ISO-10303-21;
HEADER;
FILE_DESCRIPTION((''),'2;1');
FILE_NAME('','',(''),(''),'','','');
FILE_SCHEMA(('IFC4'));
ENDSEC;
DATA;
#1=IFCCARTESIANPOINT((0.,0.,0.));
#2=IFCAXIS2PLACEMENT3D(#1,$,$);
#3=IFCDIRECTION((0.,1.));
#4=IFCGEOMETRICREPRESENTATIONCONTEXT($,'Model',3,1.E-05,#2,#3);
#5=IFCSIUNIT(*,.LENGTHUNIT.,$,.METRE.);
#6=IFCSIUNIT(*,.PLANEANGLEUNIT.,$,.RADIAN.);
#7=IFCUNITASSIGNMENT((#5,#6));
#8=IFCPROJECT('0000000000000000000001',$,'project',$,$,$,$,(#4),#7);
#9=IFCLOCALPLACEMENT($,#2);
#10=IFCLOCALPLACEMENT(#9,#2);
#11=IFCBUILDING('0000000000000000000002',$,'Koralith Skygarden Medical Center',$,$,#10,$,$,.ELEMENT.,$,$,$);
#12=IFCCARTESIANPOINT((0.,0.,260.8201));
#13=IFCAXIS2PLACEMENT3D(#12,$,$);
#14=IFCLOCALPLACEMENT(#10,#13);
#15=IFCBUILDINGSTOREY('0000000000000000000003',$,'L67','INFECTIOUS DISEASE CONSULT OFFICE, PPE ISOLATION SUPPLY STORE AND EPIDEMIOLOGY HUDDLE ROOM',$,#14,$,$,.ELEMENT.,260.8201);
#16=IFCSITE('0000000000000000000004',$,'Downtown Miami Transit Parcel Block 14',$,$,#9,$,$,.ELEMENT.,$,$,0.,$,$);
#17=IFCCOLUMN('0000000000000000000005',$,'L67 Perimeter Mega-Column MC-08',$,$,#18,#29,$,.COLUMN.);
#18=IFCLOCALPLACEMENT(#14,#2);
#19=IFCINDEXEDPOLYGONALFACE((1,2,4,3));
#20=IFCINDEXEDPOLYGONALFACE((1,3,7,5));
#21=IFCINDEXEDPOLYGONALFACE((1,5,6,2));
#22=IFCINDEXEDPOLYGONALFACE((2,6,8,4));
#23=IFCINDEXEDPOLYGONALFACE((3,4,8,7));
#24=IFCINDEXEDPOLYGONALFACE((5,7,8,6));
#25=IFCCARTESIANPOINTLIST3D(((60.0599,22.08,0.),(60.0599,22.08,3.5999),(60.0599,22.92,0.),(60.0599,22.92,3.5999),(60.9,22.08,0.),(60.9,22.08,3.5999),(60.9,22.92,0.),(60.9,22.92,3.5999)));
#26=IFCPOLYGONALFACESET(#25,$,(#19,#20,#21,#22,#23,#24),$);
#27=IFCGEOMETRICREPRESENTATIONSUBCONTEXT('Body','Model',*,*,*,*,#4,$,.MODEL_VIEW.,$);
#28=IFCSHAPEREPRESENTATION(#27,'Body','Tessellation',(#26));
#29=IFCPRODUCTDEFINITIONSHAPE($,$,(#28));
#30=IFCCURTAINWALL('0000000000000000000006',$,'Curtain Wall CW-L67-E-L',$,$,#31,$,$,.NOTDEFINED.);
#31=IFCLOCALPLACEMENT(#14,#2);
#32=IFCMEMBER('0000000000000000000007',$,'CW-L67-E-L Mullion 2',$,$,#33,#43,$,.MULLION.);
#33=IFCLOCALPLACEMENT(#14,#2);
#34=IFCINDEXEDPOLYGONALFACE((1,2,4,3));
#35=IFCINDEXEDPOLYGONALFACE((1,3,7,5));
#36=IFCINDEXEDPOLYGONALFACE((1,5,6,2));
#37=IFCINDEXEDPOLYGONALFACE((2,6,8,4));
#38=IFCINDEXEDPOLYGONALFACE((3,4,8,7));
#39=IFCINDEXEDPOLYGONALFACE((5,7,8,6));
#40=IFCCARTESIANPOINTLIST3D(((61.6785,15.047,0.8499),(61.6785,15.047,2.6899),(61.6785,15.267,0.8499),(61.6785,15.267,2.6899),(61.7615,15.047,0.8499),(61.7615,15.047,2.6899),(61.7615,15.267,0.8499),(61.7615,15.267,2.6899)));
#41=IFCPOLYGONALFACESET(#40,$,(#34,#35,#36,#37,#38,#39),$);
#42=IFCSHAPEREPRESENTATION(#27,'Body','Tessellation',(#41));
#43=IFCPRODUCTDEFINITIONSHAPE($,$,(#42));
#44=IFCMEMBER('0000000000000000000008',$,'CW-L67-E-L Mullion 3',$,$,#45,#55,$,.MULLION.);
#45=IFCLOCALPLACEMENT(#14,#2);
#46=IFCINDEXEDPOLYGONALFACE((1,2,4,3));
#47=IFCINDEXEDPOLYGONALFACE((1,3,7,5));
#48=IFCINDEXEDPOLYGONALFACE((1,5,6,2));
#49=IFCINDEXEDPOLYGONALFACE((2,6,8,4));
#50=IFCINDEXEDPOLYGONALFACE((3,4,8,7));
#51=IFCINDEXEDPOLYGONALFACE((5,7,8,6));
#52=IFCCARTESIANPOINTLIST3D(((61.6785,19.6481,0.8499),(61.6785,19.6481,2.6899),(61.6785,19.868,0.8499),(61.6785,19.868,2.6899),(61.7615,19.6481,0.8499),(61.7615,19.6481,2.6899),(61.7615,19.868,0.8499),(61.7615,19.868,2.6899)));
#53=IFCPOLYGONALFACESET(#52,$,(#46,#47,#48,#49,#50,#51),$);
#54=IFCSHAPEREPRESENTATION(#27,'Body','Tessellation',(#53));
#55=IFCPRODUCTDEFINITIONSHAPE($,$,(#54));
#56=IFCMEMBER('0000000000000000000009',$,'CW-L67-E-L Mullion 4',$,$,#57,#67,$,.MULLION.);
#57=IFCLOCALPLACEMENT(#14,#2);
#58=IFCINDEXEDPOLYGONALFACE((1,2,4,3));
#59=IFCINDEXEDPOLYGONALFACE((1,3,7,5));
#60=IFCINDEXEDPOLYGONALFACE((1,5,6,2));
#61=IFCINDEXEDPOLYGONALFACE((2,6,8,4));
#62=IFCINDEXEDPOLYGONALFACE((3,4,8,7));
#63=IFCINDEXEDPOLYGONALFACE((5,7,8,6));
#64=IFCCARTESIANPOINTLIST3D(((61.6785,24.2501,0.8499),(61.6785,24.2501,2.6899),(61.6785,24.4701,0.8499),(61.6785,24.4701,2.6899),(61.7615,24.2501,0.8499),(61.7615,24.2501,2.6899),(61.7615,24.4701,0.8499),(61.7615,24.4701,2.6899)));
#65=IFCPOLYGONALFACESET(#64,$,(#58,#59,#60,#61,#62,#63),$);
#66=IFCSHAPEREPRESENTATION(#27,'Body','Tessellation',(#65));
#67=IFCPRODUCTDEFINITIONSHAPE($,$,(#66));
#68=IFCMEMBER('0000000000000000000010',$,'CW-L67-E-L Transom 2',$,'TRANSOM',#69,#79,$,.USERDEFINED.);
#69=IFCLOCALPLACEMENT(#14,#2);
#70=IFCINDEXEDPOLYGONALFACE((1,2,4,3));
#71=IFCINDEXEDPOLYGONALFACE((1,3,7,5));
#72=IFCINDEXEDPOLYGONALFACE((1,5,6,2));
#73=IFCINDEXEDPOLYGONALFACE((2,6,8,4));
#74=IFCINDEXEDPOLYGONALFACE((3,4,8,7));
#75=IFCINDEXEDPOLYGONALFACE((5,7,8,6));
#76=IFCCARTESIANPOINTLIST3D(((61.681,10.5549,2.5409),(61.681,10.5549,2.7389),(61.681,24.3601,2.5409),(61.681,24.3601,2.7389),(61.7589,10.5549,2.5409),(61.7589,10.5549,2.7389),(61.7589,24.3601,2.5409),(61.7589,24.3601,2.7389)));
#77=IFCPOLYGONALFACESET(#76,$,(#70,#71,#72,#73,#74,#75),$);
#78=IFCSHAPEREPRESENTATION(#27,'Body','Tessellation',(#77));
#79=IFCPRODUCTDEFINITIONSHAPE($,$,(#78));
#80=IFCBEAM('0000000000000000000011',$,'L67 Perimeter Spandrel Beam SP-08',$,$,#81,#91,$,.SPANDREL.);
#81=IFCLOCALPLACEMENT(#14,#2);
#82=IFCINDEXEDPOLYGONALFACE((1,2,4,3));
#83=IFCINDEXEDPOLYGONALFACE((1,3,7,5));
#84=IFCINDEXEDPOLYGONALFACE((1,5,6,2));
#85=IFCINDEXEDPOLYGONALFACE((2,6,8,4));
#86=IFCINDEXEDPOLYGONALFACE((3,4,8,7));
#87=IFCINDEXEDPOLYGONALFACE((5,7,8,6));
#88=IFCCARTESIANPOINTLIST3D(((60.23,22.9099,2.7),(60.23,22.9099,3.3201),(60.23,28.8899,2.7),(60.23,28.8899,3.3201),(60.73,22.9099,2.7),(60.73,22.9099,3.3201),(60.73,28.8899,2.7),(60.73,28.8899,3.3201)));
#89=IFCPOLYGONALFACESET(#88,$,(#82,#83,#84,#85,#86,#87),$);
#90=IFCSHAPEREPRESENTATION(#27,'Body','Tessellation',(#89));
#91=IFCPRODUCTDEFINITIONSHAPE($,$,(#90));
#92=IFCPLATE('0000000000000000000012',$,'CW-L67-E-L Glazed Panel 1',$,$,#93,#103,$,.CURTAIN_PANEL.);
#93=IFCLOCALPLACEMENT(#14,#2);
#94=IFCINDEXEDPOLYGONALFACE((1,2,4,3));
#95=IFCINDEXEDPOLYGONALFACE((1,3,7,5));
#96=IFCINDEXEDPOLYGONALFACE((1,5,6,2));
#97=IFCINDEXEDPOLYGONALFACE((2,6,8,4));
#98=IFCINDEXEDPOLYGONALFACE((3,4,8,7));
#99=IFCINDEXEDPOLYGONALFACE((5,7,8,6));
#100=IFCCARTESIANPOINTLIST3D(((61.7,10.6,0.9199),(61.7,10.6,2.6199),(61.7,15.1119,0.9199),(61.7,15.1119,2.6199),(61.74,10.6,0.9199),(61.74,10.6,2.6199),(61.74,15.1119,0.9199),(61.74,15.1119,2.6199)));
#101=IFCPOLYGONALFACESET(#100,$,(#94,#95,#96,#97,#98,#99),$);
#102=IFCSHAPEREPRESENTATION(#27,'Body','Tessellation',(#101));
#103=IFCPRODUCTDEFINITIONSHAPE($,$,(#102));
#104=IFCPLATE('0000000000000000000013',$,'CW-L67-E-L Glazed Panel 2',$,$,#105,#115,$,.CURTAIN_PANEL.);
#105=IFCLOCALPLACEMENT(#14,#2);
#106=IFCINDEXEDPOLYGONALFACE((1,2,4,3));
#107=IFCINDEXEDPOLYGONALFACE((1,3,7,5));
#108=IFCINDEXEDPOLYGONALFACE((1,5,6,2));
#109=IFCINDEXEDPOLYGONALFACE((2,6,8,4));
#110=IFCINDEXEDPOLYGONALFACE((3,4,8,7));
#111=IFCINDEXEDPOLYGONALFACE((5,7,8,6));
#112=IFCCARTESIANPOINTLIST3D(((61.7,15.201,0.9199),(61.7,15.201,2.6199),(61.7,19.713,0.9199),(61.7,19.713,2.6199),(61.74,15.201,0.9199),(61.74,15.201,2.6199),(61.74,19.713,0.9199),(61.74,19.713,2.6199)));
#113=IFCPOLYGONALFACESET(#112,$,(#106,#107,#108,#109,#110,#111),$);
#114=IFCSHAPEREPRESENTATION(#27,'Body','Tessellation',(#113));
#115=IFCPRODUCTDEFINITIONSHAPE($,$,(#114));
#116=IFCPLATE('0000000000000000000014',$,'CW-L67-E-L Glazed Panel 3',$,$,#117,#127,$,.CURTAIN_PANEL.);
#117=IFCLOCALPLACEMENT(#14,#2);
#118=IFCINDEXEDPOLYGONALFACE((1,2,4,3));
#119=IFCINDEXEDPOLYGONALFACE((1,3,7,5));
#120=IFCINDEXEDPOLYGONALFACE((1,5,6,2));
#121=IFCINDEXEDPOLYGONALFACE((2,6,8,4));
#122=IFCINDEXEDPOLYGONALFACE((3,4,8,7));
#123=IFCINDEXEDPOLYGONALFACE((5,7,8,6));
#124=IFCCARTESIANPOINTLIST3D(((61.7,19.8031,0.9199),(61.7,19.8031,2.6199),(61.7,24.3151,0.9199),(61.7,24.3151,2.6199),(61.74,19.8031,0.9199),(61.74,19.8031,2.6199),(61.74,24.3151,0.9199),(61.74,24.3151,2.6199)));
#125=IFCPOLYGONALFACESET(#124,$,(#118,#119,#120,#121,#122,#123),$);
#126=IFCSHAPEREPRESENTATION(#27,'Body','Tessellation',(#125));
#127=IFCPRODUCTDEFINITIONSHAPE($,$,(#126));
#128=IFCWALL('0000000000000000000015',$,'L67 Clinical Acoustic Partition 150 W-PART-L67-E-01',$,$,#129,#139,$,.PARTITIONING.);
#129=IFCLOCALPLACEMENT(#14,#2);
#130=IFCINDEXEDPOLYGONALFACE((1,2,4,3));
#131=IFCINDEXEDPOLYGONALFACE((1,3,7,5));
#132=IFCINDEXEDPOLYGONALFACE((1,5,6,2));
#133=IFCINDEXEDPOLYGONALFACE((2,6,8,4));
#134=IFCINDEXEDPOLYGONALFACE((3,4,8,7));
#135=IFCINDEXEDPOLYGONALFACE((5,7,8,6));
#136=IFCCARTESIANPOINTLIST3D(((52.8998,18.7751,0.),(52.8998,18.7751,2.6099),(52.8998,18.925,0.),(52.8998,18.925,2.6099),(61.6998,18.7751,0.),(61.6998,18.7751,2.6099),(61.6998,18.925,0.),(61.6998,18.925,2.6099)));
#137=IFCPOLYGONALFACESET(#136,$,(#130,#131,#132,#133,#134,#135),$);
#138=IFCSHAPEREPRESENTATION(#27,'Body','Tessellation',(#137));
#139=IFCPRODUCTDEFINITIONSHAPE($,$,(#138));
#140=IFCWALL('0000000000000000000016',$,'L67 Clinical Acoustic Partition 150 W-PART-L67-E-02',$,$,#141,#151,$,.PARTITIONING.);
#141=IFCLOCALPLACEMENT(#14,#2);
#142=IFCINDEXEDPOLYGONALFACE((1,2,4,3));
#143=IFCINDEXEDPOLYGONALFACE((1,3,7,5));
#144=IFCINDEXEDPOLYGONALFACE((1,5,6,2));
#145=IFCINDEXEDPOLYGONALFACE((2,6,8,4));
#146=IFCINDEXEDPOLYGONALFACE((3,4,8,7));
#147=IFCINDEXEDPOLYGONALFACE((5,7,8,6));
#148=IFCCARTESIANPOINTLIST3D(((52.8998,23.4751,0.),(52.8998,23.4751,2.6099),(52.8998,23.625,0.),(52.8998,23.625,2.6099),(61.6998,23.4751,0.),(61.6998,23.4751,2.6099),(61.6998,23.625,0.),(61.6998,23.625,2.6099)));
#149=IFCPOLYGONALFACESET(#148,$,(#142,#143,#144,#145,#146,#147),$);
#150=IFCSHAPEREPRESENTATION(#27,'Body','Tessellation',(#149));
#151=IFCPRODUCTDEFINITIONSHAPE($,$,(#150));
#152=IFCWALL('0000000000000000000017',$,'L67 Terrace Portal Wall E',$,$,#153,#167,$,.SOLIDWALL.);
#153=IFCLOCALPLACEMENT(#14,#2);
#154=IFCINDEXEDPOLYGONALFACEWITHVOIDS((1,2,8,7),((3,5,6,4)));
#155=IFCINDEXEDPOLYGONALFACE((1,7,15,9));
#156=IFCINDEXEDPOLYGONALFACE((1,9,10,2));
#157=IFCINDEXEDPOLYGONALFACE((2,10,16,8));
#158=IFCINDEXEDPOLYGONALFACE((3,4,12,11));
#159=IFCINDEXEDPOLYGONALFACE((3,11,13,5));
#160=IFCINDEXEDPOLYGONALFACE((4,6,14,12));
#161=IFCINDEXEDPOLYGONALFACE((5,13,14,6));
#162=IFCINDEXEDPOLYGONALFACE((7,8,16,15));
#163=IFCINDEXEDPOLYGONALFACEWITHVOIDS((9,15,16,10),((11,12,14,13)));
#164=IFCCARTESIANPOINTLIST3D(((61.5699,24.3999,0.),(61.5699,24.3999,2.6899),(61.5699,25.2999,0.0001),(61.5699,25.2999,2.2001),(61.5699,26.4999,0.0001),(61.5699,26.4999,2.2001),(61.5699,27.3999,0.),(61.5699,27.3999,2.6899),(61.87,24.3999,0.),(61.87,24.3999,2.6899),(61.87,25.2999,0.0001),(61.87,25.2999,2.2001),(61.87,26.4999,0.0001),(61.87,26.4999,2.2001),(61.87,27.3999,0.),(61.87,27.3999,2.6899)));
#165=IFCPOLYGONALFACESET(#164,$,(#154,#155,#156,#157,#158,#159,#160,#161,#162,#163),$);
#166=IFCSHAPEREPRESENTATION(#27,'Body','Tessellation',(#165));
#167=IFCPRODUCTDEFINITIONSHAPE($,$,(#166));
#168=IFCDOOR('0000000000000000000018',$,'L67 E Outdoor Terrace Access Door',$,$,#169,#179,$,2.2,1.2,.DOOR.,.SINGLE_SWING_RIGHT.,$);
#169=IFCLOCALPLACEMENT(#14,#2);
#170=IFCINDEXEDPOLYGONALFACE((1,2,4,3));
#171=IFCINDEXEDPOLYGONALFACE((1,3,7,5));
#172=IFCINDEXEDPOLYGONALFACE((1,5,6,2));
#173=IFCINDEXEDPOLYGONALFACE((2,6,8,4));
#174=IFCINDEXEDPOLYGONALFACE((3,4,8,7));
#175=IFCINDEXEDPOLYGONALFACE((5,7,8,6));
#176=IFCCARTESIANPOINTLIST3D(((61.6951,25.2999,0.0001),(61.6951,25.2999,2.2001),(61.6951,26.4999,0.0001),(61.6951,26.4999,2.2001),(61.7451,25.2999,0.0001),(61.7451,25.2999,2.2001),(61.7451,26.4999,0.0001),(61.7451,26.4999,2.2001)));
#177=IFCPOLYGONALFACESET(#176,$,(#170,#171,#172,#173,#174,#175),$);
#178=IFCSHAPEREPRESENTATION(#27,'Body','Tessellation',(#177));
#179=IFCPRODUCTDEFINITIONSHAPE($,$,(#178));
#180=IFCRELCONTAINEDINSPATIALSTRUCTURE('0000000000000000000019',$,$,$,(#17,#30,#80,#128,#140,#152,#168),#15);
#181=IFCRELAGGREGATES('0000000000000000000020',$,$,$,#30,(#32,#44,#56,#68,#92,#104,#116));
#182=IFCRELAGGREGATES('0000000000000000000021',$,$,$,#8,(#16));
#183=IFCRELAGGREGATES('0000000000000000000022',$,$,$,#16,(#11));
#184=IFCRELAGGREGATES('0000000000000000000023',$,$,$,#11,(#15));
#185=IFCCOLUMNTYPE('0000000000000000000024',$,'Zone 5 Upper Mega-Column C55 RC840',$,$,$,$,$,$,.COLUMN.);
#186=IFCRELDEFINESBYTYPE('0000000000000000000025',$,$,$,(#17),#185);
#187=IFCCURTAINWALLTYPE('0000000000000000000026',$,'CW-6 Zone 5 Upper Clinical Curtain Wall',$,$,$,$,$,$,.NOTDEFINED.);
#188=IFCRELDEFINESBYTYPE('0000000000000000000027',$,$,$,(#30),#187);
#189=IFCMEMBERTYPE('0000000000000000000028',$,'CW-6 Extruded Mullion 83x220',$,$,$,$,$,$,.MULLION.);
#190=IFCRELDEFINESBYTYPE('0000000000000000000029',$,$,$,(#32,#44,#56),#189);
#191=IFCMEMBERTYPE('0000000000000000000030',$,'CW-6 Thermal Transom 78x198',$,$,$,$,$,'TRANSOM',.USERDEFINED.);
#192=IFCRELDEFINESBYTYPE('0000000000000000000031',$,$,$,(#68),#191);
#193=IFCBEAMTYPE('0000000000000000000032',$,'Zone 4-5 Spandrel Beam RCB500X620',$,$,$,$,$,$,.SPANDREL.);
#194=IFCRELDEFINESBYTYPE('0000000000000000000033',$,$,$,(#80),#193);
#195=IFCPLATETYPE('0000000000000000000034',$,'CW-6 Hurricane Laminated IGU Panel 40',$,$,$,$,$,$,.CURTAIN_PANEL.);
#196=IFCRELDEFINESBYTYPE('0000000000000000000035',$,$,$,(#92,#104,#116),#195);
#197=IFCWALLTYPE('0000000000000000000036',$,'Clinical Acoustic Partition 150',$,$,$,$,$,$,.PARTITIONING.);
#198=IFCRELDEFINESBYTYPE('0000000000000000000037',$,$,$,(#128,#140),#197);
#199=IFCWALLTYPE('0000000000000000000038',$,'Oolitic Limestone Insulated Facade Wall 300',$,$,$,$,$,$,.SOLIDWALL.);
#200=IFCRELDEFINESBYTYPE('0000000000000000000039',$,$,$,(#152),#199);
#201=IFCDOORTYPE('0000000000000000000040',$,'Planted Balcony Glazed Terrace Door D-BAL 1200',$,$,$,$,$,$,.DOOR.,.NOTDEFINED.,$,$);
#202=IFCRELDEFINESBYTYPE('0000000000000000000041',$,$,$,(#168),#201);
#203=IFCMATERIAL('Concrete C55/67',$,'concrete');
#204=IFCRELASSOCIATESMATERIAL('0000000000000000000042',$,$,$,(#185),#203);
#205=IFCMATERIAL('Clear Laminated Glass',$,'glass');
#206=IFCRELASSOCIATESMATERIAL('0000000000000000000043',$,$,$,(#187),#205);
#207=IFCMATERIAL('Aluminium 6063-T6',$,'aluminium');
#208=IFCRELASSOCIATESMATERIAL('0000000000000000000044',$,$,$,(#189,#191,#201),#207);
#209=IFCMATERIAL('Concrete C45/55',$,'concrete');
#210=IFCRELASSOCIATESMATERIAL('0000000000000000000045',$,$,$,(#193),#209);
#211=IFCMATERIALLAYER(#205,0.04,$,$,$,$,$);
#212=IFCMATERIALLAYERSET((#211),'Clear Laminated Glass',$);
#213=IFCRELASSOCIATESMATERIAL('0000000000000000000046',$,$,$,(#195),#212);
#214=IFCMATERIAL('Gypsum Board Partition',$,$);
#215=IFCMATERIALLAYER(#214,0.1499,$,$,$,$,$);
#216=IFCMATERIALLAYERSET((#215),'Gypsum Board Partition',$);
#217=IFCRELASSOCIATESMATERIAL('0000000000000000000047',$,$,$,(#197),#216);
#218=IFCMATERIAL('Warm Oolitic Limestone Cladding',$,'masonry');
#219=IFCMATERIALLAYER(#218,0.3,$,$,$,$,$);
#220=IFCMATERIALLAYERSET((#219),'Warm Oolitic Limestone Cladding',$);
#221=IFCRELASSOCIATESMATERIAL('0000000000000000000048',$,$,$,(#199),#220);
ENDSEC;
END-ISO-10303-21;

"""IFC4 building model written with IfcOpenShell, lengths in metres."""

from ifc_helpers import new_model, si_unit, direction, frame, frame_2d, origin, origin_2d, place, context, subcontext, project, spatial, rectangle, extrude, material, layer, layer_set, material_profile, profile_set, type_object, element, fill, aggregate, save


model = new_model("IFC4")

# Units and contexts
model_context = context("Model", 3, precision=1e-05, world=origin(), true_north=direction((0.0, 1.0)))
body_context = subcontext(model_context, "Body", "Model", "MODEL_VIEW")
ifc_project = project(units=[si_unit("LENGTHUNIT", "METRE"), si_unit("PLANEANGLEUNIT", "RADIAN")], contexts=[model_context])

# Site, building, storey
site_placement = place(None, origin())
site = spatial("IfcSite", under=ifc_project, at=site_placement, Name="Downtown Miami Transit Parcel Block 14", CompositionType="ELEMENT", RefElevation=0.0)
building_placement = place(site_placement, origin())
building = spatial("IfcBuilding", under=site, at=building_placement, Name="Koralith Skygarden Medical Center", CompositionType="ELEMENT")
storey_placement = place(building_placement, frame((0.0, 0.0, 260.8201)))
storey = spatial("IfcBuildingStorey", under=building, at=storey_placement, Name="L67", Description="INFECTIOUS DISEASE CONSULT OFFICE, PPE ISOLATION SUPPLY STORE AND EPIDEMIOLOGY HUDDLE ROOM", CompositionType="ELEMENT", Elevation=260.8201)

# Column
ifc_material_1 = material(Name="Concrete C55/67", Category="concrete")
ifc_material_profile_1 = material_profile(ifc_material_1, rectangle(XDim=0.8401, YDim=0.8401, at=origin_2d()), Name="RC840X840")
ifc_profile_set_1 = profile_set([ifc_material_profile_1], Name="Concrete C55/67")
column_type = type_object("IfcColumnType", Name="Zone 5 Upper Mega-Column C55 RC840", PredefinedType="COLUMN", material=ifc_profile_set_1)
column_placement = place(storey_placement, frame((60.48, 22.5, 0.0), z_axis=(0.0, 0.0, 1.0), x_axis=(1.0, 0.0, 0.0)))
element("IfcColumn", 1, at=column_placement, inside=storey, type_object=column_type, Name="L67 Perimeter Mega-Column MC-08", PredefinedType="COLUMN", context=body_context, shape_type="SweptSolid", body=[
    extrude(rectangle(XDim=0.8401, YDim=0.8401, at=origin_2d()), origin(), (0.0, 0.0, 1.0), 3.5999),
])

# Curtain wall, members
ifc_material_2 = material(Name="Clear Laminated Glass", Category="glass")
curtain_wall_type = type_object("IfcCurtainWallType", Name="CW-6 Zone 5 Upper Clinical Curtain Wall", PredefinedType="NOTDEFINED", material=ifc_material_2)
curtain_wall_placement = place(storey_placement, origin())
curtain_wall = element("IfcCurtainWall", 2, at=curtain_wall_placement, inside=storey, type_object=curtain_wall_type, Name="Curtain Wall CW-L67-E-L", PredefinedType="NOTDEFINED")
ifc_material_3 = material(Name="Aluminium 6063-T6", Category="aluminium")
ifc_material_profile_2 = material_profile(ifc_material_3, rectangle(XDim=0.083, YDim=0.22, at=origin_2d()), Name="MUL83X220")
ifc_profile_set_2 = profile_set([ifc_material_profile_2], Name="Aluminium 6063-T6")
member_type_1 = type_object("IfcMemberType", Name="CW-6 Extruded Mullion 83x220", PredefinedType="MULLION", material=ifc_profile_set_2)
member_1_placement = place(storey_placement, frame((61.72, 15.157, 0.8499), z_axis=(0.0, 0.0, 1.0), x_axis=(1.0, 0.0, 0.0)))
member_1 = element("IfcMember", 3, at=member_1_placement, type_object=member_type_1, Name="CW-L67-E-L Mullion 2", PredefinedType="MULLION", context=body_context, shape_type="SweptSolid", body=[
    extrude(rectangle(XDim=0.083, YDim=0.22, at=origin_2d()), origin(), (0.0, 0.0, 1.0), 1.8401),
])
member_2_placement = place(storey_placement, frame((61.72, 19.7581, 0.8499), z_axis=(0.0, 0.0, 1.0), x_axis=(1.0, 0.0, 0.0)))
member_2 = element("IfcMember", 4, at=member_2_placement, type_object=member_type_1, Name="CW-L67-E-L Mullion 3", PredefinedType="MULLION", context=body_context, shape_type="SweptSolid", body=[
    extrude(rectangle(XDim=0.083, YDim=0.22, at=origin_2d()), origin(), (0.0, 0.0, 1.0), 1.8401),
])
member_3_placement = place(storey_placement, frame((61.72, 24.3601, 0.8499), z_axis=(0.0, 0.0, 1.0), x_axis=(1.0, 0.0, 0.0)))
member_3 = element("IfcMember", 5, at=member_3_placement, type_object=member_type_1, Name="CW-L67-E-L Mullion 4", PredefinedType="MULLION", context=body_context, shape_type="SweptSolid", body=[
    extrude(rectangle(XDim=0.083, YDim=0.22, at=origin_2d()), origin(), (0.0, 0.0, 1.0), 1.8401),
])
ifc_material_profile_3 = material_profile(ifc_material_3, rectangle(XDim=0.0779, YDim=0.198, at=origin_2d()), Name="TRN78X198")
ifc_profile_set_3 = profile_set([ifc_material_profile_3], Name="Aluminium 6063-T6")
member_type_2 = type_object("IfcMemberType", Name="CW-6 Thermal Transom 78x198", ElementType="TRANSOM", PredefinedType="USERDEFINED", material=ifc_profile_set_3)
member_4_placement = place(storey_placement, frame((61.72, 10.5549, 2.6399), z_axis=(0.0, 1.0, 0.0), x_axis=(-1.0, 0.0, 0.0)))
member_4 = element("IfcMember", 6, at=member_4_placement, type_object=member_type_2, Name="CW-L67-E-L Transom 2", ObjectType="TRANSOM", PredefinedType="USERDEFINED", context=body_context, shape_type="SweptSolid", body=[
    extrude(rectangle(XDim=0.0779, YDim=0.198, at=origin_2d()), origin(), (0.0, 0.0, 1.0), 13.8052),
])

# Beam
ifc_material_4 = material(Name="Concrete C45/55", Category="concrete")
ifc_material_profile_4 = material_profile(ifc_material_4, rectangle(XDim=0.5, YDim=0.6201, at=origin_2d()), Name="RCB500X620")
ifc_profile_set_4 = profile_set([ifc_material_profile_4], Name="Concrete C45/55")
beam_type = type_object("IfcBeamType", Name="Zone 4-5 Spandrel Beam RCB500X620", PredefinedType="SPANDREL", material=ifc_profile_set_4)
beam_placement = place(storey_placement, frame((60.48, 22.9099, 3.01), z_axis=(0.0, 1.0, 0.0), x_axis=(-1.0, 0.0, 0.0)))
element("IfcBeam", 7, at=beam_placement, inside=storey, type_object=beam_type, Name="L67 Perimeter Spandrel Beam SP-08", PredefinedType="SPANDREL", context=body_context, shape_type="SweptSolid", body=[
    extrude(rectangle(XDim=0.5, YDim=0.6201, at=origin_2d()), origin(), (0.0, 0.0, 1.0), 5.98),
])

# Plates
ifc_layer_1 = layer(ifc_material_2, 0.04)
ifc_layer_set_1 = layer_set([ifc_layer_1], Name="Clear Laminated Glass")
plate_type = type_object("IfcPlateType", Name="CW-6 Hurricane Laminated IGU Panel 40", PredefinedType="CURTAIN_PANEL", material=ifc_layer_set_1)
plate_1_placement = place(storey_placement, frame((61.72, 12.856, 0.9199), z_axis=(0.0, 0.0, 1.0), x_axis=(0.0, 1.0, 0.0)))
plate_1 = element("IfcPlate", 8, at=plate_1_placement, type_object=plate_type, Name="CW-L67-E-L Glazed Panel 1", PredefinedType="CURTAIN_PANEL", context=body_context, shape_type="SweptSolid", body=[
    extrude(rectangle(XDim=4.512, YDim=0.04, at=origin_2d()), origin(), (0.0, 0.0, 1.0), 1.7),
])
plate_2_placement = place(storey_placement, frame((61.72, 17.457, 0.9199), z_axis=(0.0, 0.0, 1.0), x_axis=(0.0, 1.0, 0.0)))
plate_2 = element("IfcPlate", 9, at=plate_2_placement, type_object=plate_type, Name="CW-L67-E-L Glazed Panel 2", PredefinedType="CURTAIN_PANEL", context=body_context, shape_type="SweptSolid", body=[
    extrude(rectangle(XDim=4.512, YDim=0.04, at=origin_2d()), origin(), (0.0, 0.0, 1.0), 1.7),
])
plate_3_placement = place(storey_placement, frame((61.72, 22.0591, 0.9199), z_axis=(0.0, 0.0, 1.0), x_axis=(0.0, 1.0, 0.0)))
plate_3 = element("IfcPlate", 10, at=plate_3_placement, type_object=plate_type, Name="CW-L67-E-L Glazed Panel 3", PredefinedType="CURTAIN_PANEL", context=body_context, shape_type="SweptSolid", body=[
    extrude(rectangle(XDim=4.512, YDim=0.04, at=origin_2d()), origin(), (0.0, 0.0, 1.0), 1.7),
])
aggregate(curtain_wall, [member_1, member_2, member_3, member_4, plate_1, plate_2, plate_3])

# Walls
ifc_material_5 = material(Name="Gypsum Board Partition")
ifc_layer_2 = layer(ifc_material_5, 0.1499)
ifc_layer_set_2 = layer_set([ifc_layer_2], Name="Gypsum Board Partition")
wall_type_1 = type_object("IfcWallType", Name="Clinical Acoustic Partition 150", PredefinedType="PARTITIONING", material=ifc_layer_set_2)
for number, where, z_axis, x_axis, name in (
    (11, (52.8999, 18.8501, 0.0), (0.0, 0.0, 1.0), (1.0, 0.0, 0.0), "L67 Clinical Acoustic Partition 150 W-PART-L67-E-01"),
    (12, (52.8999, 23.55, 0.0), (0.0, 0.0, 1.0), (1.0, 0.0, 0.0), "L67 Clinical Acoustic Partition 150 W-PART-L67-E-02"),
):
    element("IfcWall", number, at=place(storey_placement, frame(where, z_axis=z_axis, x_axis=x_axis)), inside=storey, type_object=wall_type_1, Name=name, PredefinedType="PARTITIONING", context=body_context, shape_type="SweptSolid", body=[
        extrude(rectangle(XDim=8.8, YDim=0.1499, at=frame_2d((4.3999, 0.0))), origin(), (0.0, 0.0, 1.0), 2.6099),
    ])

# Wall, opening, door
ifc_material_6 = material(Name="Warm Oolitic Limestone Cladding", Category="masonry")
ifc_layer_3 = layer(ifc_material_6, 0.3)
ifc_layer_set_3 = layer_set([ifc_layer_3], Name="Warm Oolitic Limestone Cladding")
wall_type_2 = type_object("IfcWallType", Name="Oolitic Limestone Insulated Facade Wall 300", PredefinedType="SOLIDWALL", material=ifc_layer_set_3)
wall_1_placement = place(storey_placement, frame((61.72, 24.3999, 0.0), z_axis=(0.0, 0.0, 1.0), x_axis=(0.0, 1.0, 0.0)))
wall_1 = element("IfcWall", 13, at=wall_1_placement, inside=storey, type_object=wall_type_2, Name="L67 Terrace Portal Wall E", PredefinedType="SOLIDWALL", context=body_context, shape_type="SweptSolid", body=[
    extrude(rectangle(XDim=3.0, YDim=0.3, at=frame_2d((1.5, 0.0))), origin(), (0.0, 0.0, 1.0), 2.6899),
])
opening_1_placement = place(wall_1_placement, frame((0.8999, 0.0, 0.0)))
opening_1 = element("IfcOpeningElement", 14, at=opening_1_placement, cuts=wall_1, PredefinedType="OPENING", context=body_context, shape_type="SweptSolid", body=[
    extrude(rectangle(XDim=1.2, YDim=2.2, at=frame_2d((0.6001, 1.1001))), frame((0.0, 0.1599, 0.0), z_axis=(0.0, -1.0, 0.0), x_axis=(1.0, 0.0, 0.0)), (0.0, 0.0, 1.0), 0.3201),
])
door_type_1 = type_object("IfcDoorType", Name="Planted Balcony Glazed Terrace Door D-BAL 1200", OperationType="NOTDEFINED", PredefinedType="DOOR", material=ifc_material_3)
door_1_placement = place(opening_1_placement, origin())
door_1 = element("IfcDoor", 15, at=door_1_placement, inside=storey, type_object=door_type_1, Name="L67 E Outdoor Terrace Access Door", OperationType="SINGLE_SWING_RIGHT", OverallHeight=2.2, OverallWidth=1.2, PredefinedType="DOOR", context=body_context, shape_type="SweptSolid", body=[
    extrude(rectangle(XDim=1.2, YDim=2.2, at=frame_2d((0.6001, 1.1001))), frame((0.0, 0.0249, 0.0), z_axis=(0.0, -1.0, 0.0), x_axis=(1.0, 0.0, 0.0)), (0.0, 0.0, 1.0), 0.05),
])
fill(opening_1, door_1)

save(model, "model.ifc")
